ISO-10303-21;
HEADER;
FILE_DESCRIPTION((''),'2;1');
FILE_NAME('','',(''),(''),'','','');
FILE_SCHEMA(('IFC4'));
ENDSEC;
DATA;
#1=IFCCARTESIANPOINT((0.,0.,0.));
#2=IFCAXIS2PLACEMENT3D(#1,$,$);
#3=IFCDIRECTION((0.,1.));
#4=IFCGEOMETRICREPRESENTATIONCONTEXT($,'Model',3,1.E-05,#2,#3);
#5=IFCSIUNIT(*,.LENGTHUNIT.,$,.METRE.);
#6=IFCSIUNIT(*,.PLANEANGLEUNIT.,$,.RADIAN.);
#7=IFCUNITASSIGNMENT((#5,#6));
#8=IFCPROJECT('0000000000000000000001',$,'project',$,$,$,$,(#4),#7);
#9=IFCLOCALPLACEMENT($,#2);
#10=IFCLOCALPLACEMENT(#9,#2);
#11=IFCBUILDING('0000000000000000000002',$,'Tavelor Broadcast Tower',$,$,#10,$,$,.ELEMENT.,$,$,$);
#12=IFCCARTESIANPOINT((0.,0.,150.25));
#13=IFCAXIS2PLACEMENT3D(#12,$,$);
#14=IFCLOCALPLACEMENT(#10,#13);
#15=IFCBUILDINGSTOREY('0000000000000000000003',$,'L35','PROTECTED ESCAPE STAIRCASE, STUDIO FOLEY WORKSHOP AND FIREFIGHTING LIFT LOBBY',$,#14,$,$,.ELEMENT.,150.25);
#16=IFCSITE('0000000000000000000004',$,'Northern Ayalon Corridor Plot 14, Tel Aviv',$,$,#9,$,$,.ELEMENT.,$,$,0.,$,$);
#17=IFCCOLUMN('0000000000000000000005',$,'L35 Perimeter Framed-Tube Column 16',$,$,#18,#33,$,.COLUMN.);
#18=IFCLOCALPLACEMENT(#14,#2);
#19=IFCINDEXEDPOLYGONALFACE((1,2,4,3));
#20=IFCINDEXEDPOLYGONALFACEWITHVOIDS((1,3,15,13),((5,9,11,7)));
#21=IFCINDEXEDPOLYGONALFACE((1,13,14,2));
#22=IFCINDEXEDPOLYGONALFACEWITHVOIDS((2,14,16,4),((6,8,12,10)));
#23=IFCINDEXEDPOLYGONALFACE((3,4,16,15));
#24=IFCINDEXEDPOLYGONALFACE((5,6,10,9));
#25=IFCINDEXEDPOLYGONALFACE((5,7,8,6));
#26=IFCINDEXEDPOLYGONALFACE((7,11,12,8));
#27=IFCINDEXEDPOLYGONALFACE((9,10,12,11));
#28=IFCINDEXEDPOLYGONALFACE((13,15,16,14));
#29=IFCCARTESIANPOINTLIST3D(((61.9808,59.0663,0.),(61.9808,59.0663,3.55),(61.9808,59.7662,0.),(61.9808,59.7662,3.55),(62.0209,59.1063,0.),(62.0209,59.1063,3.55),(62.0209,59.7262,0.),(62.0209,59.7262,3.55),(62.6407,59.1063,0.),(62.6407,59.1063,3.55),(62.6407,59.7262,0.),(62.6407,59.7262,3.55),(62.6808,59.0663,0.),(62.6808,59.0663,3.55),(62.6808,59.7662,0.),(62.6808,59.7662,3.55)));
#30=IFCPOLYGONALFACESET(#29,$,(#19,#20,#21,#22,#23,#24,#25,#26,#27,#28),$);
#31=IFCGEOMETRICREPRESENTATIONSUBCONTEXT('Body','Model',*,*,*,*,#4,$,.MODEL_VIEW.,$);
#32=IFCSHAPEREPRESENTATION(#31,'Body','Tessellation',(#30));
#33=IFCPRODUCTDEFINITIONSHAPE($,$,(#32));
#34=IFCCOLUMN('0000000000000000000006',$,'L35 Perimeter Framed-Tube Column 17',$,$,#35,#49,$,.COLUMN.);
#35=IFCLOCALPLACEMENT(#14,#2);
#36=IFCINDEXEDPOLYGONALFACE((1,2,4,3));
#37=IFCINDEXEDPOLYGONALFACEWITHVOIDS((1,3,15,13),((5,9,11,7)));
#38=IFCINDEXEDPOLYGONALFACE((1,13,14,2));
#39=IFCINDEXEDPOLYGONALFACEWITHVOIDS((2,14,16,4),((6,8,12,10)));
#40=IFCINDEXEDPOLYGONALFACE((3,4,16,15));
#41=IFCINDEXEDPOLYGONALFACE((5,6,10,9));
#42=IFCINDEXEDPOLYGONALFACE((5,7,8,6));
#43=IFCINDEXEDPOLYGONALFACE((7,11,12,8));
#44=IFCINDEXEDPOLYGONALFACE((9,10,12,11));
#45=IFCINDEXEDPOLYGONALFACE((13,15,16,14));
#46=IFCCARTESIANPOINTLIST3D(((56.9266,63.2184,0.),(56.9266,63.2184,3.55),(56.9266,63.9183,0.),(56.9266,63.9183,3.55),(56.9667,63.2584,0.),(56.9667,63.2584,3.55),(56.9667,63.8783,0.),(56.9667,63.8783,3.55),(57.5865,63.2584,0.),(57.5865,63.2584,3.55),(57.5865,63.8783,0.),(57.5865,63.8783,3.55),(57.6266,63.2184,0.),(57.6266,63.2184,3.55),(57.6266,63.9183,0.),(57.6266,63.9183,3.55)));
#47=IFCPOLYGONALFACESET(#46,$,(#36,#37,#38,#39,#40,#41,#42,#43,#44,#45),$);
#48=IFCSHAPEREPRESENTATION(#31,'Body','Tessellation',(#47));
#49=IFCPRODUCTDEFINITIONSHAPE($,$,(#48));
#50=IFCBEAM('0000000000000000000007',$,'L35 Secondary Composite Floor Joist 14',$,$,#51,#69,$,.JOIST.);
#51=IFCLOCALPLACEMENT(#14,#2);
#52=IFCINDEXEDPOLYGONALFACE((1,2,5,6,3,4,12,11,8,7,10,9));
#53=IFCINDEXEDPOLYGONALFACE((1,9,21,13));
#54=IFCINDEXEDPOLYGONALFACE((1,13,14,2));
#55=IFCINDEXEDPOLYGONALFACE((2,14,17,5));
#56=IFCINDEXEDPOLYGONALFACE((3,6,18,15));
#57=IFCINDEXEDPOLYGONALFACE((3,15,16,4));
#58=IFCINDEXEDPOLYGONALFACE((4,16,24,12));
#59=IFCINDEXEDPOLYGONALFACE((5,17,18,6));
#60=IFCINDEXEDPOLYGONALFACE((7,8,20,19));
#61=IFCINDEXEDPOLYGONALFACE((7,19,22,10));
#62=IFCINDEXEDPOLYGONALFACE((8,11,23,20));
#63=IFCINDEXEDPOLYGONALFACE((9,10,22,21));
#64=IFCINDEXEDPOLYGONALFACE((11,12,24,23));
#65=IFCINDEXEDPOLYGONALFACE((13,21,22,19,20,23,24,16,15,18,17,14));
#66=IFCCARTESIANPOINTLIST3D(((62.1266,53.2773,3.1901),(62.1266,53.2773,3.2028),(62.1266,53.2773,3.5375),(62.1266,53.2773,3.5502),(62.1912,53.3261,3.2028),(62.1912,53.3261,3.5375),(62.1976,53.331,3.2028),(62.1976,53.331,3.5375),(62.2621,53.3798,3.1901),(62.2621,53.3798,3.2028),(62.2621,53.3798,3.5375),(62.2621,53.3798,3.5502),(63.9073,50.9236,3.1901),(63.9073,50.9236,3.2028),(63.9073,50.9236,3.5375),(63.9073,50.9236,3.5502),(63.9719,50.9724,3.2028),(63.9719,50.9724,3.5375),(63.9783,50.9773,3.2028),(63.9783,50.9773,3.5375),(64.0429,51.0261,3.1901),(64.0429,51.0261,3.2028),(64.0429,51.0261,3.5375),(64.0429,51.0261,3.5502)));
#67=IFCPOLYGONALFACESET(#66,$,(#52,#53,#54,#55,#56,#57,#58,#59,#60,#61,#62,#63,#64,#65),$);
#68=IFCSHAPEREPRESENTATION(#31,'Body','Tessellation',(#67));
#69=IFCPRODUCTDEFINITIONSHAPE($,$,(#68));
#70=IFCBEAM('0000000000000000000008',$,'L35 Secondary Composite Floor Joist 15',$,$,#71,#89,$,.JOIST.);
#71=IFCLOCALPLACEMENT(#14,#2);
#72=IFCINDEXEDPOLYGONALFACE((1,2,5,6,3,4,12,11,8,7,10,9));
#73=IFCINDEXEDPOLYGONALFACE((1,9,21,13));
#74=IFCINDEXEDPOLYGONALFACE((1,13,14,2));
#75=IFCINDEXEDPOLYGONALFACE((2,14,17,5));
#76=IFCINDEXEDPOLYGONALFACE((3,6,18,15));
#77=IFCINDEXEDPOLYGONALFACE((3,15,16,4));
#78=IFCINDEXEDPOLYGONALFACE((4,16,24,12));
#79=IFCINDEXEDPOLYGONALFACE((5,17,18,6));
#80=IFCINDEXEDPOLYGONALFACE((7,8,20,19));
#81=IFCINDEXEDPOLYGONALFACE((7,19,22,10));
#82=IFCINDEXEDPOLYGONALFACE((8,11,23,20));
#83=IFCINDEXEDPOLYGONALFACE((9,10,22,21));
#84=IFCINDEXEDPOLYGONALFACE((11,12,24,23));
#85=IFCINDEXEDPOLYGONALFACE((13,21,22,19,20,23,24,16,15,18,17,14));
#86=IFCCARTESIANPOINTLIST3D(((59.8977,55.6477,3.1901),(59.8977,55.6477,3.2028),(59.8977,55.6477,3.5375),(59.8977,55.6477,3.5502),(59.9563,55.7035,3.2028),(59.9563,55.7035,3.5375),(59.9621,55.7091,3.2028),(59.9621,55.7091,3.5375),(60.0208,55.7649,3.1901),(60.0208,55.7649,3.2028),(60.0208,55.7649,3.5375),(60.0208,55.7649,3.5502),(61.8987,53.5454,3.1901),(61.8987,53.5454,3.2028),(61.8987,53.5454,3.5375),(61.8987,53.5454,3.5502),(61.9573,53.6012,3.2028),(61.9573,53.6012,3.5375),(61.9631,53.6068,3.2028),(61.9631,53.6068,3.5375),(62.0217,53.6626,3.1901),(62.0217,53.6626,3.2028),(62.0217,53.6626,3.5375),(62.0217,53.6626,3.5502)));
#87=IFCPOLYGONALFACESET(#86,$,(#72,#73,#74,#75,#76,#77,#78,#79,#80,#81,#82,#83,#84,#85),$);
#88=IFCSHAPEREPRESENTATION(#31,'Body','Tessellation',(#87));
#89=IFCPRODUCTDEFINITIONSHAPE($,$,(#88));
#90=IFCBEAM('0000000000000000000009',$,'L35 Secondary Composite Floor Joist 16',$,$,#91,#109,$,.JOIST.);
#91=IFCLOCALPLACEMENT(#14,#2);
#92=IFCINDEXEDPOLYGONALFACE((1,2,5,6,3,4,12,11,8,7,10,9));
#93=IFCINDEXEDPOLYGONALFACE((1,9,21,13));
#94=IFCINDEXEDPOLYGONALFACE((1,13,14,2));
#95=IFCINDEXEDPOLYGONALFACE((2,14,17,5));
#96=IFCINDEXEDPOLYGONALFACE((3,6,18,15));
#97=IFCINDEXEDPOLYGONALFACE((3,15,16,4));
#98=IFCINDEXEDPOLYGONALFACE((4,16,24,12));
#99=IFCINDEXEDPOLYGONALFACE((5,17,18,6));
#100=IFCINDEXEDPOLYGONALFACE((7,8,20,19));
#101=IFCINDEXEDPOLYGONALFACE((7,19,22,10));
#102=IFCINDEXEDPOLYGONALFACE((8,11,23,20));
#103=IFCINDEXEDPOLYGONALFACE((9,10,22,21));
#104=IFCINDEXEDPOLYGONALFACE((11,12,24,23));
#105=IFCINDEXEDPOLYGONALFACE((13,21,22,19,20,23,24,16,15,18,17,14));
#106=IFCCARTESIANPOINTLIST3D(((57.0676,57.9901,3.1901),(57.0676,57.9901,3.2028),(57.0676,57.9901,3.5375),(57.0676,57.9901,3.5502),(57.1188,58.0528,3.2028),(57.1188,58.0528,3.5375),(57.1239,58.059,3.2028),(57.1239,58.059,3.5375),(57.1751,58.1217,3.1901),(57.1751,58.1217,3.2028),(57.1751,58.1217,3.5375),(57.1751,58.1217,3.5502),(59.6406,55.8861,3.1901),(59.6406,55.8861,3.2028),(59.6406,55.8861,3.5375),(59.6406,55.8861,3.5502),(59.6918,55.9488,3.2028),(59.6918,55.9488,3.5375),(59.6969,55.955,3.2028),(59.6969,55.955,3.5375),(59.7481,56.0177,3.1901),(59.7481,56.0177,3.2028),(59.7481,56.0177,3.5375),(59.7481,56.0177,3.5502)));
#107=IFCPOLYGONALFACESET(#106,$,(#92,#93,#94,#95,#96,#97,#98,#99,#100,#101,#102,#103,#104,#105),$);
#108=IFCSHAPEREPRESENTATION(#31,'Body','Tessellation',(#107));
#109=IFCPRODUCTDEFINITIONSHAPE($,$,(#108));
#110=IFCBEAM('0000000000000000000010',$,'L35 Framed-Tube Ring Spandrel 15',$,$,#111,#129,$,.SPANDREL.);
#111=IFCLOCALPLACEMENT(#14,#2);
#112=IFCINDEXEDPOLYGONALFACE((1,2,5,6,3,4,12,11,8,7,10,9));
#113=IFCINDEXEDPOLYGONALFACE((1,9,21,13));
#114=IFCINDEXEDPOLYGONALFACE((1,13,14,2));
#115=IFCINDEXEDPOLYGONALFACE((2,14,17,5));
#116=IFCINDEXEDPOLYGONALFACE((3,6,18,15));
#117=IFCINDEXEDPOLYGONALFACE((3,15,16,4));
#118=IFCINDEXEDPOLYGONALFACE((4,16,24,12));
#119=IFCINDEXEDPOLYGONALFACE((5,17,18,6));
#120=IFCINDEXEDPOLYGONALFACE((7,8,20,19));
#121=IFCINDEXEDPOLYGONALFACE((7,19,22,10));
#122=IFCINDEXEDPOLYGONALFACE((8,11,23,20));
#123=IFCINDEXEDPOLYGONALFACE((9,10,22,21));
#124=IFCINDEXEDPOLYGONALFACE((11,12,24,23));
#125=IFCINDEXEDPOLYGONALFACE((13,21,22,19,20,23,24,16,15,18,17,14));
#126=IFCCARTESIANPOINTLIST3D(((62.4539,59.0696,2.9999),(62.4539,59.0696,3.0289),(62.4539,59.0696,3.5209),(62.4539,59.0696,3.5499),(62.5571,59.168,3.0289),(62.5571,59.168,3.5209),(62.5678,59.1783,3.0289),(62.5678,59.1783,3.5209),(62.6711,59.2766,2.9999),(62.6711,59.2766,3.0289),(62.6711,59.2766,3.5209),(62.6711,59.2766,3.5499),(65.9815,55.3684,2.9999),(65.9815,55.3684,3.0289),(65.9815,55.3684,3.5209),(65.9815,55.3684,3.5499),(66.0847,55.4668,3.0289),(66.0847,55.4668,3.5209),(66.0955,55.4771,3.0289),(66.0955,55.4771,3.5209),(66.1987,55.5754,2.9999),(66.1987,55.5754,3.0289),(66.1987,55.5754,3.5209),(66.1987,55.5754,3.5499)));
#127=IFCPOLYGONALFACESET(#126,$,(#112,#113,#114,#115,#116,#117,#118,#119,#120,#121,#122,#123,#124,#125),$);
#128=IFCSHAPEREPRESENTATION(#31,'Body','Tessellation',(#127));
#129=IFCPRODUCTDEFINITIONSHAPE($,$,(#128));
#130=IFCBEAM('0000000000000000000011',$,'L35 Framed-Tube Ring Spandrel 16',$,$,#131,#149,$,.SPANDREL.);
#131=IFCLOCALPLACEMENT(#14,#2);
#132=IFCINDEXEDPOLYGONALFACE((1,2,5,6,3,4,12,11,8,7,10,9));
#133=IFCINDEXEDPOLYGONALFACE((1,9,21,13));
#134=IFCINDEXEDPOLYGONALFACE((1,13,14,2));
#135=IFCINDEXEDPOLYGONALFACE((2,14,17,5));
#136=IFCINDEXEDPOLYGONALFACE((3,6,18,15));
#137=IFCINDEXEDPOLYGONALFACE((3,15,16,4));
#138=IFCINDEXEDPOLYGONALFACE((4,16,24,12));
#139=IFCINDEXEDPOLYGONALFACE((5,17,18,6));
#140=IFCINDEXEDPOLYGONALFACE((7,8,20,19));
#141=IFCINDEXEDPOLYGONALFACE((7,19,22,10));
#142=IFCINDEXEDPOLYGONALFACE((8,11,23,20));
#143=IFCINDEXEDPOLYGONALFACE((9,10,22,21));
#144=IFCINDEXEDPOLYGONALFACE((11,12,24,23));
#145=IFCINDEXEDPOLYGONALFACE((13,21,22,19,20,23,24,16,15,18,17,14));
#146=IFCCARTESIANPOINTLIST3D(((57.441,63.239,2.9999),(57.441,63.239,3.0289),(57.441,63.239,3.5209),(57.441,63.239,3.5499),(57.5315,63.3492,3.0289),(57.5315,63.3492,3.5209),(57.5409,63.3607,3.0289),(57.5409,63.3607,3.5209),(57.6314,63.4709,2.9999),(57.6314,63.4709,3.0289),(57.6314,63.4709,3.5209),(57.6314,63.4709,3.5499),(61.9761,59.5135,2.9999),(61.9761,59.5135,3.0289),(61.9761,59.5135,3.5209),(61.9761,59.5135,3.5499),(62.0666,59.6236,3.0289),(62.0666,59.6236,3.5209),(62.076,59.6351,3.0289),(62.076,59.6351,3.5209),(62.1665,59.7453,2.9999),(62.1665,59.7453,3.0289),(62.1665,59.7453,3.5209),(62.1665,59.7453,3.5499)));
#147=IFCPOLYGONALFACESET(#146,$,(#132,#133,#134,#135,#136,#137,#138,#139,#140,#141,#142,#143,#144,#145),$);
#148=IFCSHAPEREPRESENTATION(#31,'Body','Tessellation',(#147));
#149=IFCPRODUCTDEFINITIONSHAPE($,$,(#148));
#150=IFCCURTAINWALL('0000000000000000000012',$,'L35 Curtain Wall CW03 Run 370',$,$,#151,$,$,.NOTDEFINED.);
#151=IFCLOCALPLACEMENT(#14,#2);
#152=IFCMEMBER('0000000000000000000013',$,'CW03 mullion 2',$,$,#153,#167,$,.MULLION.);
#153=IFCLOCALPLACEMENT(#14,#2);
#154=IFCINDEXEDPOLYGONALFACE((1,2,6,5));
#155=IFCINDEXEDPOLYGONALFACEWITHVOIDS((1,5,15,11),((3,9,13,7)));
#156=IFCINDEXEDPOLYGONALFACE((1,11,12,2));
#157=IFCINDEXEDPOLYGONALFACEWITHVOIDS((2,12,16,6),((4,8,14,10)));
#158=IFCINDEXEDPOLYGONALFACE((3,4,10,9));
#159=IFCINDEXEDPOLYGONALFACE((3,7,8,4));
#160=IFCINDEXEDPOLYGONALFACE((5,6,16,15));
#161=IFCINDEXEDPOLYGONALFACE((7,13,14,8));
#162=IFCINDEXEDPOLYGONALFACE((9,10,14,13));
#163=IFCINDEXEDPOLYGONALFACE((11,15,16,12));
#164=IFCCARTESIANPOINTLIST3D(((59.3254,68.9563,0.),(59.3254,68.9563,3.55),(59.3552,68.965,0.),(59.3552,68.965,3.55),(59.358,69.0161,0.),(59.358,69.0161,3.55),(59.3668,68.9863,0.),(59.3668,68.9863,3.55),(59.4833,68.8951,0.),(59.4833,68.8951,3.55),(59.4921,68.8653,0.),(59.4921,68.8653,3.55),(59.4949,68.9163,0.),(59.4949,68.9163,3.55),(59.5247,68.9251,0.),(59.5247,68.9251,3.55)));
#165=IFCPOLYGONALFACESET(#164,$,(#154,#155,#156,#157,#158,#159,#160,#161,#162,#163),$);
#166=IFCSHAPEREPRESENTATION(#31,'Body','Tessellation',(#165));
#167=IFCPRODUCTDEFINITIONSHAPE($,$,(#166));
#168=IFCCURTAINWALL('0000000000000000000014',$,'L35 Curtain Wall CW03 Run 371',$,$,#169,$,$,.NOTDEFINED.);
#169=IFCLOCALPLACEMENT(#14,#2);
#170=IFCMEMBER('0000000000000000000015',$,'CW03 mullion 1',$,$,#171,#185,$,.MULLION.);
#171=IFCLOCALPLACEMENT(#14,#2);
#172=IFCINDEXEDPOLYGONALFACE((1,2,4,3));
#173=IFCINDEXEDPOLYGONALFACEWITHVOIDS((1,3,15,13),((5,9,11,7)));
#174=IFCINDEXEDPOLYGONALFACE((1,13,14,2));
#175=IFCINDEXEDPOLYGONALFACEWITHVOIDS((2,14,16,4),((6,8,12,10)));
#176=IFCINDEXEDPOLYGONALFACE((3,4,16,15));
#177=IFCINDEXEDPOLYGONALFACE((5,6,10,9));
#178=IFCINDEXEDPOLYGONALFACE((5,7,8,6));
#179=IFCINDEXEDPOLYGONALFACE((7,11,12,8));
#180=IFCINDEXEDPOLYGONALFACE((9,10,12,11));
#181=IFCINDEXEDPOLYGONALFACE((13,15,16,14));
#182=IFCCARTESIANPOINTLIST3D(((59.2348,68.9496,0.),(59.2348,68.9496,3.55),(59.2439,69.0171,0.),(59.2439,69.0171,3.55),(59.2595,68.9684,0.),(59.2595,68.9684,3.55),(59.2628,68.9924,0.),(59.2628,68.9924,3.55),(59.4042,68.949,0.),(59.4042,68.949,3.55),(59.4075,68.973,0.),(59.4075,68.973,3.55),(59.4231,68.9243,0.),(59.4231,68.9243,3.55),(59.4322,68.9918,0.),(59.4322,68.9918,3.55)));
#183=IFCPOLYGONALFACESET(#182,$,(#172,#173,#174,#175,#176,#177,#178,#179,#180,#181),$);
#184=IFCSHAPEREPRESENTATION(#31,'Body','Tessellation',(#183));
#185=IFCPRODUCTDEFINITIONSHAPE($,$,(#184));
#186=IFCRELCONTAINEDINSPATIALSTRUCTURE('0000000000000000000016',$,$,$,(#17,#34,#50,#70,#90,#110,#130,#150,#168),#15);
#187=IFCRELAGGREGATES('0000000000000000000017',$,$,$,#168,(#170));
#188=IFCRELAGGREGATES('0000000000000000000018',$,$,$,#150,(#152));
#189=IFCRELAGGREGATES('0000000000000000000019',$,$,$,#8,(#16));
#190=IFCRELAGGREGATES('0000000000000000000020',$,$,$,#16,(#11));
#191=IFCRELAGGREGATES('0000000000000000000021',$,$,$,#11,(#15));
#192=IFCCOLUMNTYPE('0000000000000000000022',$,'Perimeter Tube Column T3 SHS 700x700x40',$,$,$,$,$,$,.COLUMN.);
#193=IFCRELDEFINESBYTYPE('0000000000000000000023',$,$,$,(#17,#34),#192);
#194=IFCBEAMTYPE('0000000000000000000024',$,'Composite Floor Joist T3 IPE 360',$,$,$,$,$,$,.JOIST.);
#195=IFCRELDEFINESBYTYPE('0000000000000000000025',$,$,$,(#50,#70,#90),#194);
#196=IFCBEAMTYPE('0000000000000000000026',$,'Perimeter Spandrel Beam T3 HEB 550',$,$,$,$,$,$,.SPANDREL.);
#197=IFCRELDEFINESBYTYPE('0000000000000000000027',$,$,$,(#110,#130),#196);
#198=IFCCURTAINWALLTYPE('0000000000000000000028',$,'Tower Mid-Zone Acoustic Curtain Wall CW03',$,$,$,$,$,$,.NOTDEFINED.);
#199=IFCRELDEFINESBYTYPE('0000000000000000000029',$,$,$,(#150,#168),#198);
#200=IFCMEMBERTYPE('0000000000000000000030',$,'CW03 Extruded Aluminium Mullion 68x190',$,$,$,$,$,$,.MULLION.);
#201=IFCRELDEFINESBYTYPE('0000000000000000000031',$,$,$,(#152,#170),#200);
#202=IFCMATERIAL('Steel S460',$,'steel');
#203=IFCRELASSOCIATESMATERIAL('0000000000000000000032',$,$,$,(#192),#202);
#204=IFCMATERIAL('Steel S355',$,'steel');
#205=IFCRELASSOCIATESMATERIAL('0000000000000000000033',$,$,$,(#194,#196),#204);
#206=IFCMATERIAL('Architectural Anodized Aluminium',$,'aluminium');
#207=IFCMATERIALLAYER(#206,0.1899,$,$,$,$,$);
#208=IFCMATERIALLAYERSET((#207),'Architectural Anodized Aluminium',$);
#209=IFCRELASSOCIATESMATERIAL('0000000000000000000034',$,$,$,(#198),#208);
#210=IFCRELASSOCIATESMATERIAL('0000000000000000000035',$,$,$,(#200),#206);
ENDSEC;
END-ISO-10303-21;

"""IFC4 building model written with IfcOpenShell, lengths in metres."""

from ifc_helpers import new_model, si_unit, direction, frame, origin, origin_2d, place, context, subcontext, project, spatial, hollow_rectangle, i_section, extrude, source, transform, mapped, material, layer, layer_set, material_profile, profile_set, type_object, type_shapes, element, aggregate, save


model = new_model("IFC4")

# Units and contexts
model_context = context("Model", 3, precision=1e-05, world=origin(), true_north=direction((0.0, 1.0)))
body_context = subcontext(model_context, "Body", "Model", "MODEL_VIEW")
ifc_project = project(units=[si_unit("LENGTHUNIT", "METRE"), si_unit("PLANEANGLEUNIT", "RADIAN")], contexts=[model_context])

# Site, building, storey
site_placement = place(None, origin())
site = spatial("IfcSite", under=ifc_project, at=site_placement, Name="Northern Ayalon Corridor Plot 14, Tel Aviv", CompositionType="ELEMENT", RefElevation=0.0)
building_placement = place(site_placement, origin())
building = spatial("IfcBuilding", under=site, at=building_placement, Name="Tavelor Broadcast Tower", CompositionType="ELEMENT")
storey_placement = place(building_placement, frame((0.0, 0.0, 150.25)))
storey = spatial("IfcBuildingStorey", under=building, at=storey_placement, Name="L35", Description="PROTECTED ESCAPE STAIRCASE, STUDIO FOLEY WORKSHOP AND FIREFIGHTING LIFT LOBBY", CompositionType="ELEMENT", Elevation=150.25)

# Columns
ifc_material_1 = material(Name="Steel S460", Category="steel")
ifc_material_profile_1 = material_profile(ifc_material_1, hollow_rectangle(XDim=0.7, YDim=0.7, WallThickness=0.04, at=origin_2d()), Name="SHS 700x700x40")
ifc_profile_set_1 = profile_set([ifc_material_profile_1], Name="Steel S460")
column_type = type_object("IfcColumnType", Name="Perimeter Tube Column T3 SHS 700x700x40", PredefinedType="COLUMN", material=ifc_profile_set_1)
for number, where, z_axis, x_axis, name in (
    (1, (62.3308, 59.4163, 0.0), (0.0, 0.0, 1.0), (1.0, 0.0, 0.0), "L35 Perimeter Framed-Tube Column 16"),
    (2, (57.2766, 63.5684, 0.0), (0.0, 0.0, 1.0), (1.0, 0.0, 0.0), "L35 Perimeter Framed-Tube Column 17"),
):
    element("IfcColumn", number, at=place(storey_placement, frame(where, z_axis=z_axis, x_axis=x_axis)), inside=storey, type_object=column_type, Name=name, PredefinedType="COLUMN", context=body_context, shape_type="SweptSolid", body=[
        extrude(hollow_rectangle(XDim=0.7, YDim=0.7, WallThickness=0.04, at=origin_2d()), origin(), (0.0, 0.0, 1.0), 3.55),
    ])

# Beams
ifc_material_2 = material(Name="Steel S355", Category="steel")
ifc_material_profile_2 = material_profile(ifc_material_2, i_section(OverallWidth=0.1699, OverallDepth=0.3601, WebThickness=0.0081, FlangeThickness=0.0127, at=origin_2d()), Name="IPE 360")
ifc_profile_set_2 = profile_set([ifc_material_profile_2], Name="Steel S355")
beam_type_1 = type_object("IfcBeamType", Name="Composite Floor Joist T3 IPE 360", PredefinedType="JOIST", material=ifc_profile_set_2)
beam_1_placement = place(storey_placement, frame((63.9751, 50.9749, 3.3701), z_axis=(-0.603343, 0.797482, 0.0), x_axis=(-0.797482, -0.603343, 0.0)))
element("IfcBeam", 3, at=beam_1_placement, inside=storey, type_object=beam_type_1, Name="L35 Secondary Composite Floor Joist 14", PredefinedType="JOIST", context=body_context, shape_type="SweptSolid", body=[
    extrude(i_section(OverallWidth=0.1699, OverallDepth=0.3601, WebThickness=0.0081, FlangeThickness=0.0127, at=origin_2d()), origin(), (0.0, 0.0, 1.0), 2.9514),
])
beam_2_placement = place(storey_placement, frame((61.9602, 53.604, 3.3701), z_axis=(-0.689437, 0.724346, 0.0), x_axis=(-0.724346, -0.689437, 0.0)))
element("IfcBeam", 4, at=beam_2_placement, inside=storey, type_object=beam_type_1, Name="L35 Secondary Composite Floor Joist 15", PredefinedType="JOIST", context=body_context, shape_type="SweptSolid", body=[
    extrude(i_section(OverallWidth=0.1699, OverallDepth=0.3601, WebThickness=0.0081, FlangeThickness=0.0127, at=origin_2d()), origin(), (0.0, 0.0, 1.0), 2.9023),
])
beam_3_placement = place(storey_placement, frame((59.6943, 55.9519, 3.3701), z_axis=(-0.774131, 0.633026, 0.0), x_axis=(-0.633026, -0.774131, 0.0)))
element("IfcBeam", 5, at=beam_3_placement, inside=storey, type_object=beam_type_1, Name="L35 Secondary Composite Floor Joist 16", PredefinedType="JOIST", context=body_context, shape_type="SweptSolid", body=[
    extrude(i_section(OverallWidth=0.1699, OverallDepth=0.3601, WebThickness=0.0081, FlangeThickness=0.0127, at=origin_2d()), origin(), (0.0, 0.0, 1.0), 3.3237),
])
ifc_material_profile_3 = material_profile(ifc_material_2, i_section(OverallWidth=0.3, OverallDepth=0.55, WebThickness=0.0149, FlangeThickness=0.0291, at=origin_2d()), Name="HEB 550")
ifc_profile_set_3 = profile_set([ifc_material_profile_3], Name="Steel S355")
beam_type_2 = type_object("IfcBeamType", Name="Perimeter Spandrel Beam T3 HEB 550", PredefinedType="SPANDREL", material=ifc_profile_set_3)
beam_4_placement = place(storey_placement, frame((66.0901, 55.4719, 3.2749), z_axis=(-0.689928, 0.723878, 0.0), x_axis=(-0.723878, -0.689928, 0.0)))
element("IfcBeam", 6, at=beam_4_placement, inside=storey, type_object=beam_type_2, Name="L35 Framed-Tube Ring Spandrel 15", PredefinedType="SPANDREL", context=body_context, shape_type="SweptSolid", body=[
    extrude(i_section(OverallWidth=0.3, OverallDepth=0.55, WebThickness=0.0149, FlangeThickness=0.0291, at=origin_2d()), origin(), (0.0, 0.0, 1.0), 5.113),
])
beam_5_placement = place(storey_placement, frame((62.0713, 59.6294, 3.2749), z_axis=(-0.772703, 0.634768, 0.0), x_axis=(-0.634768, -0.772703, 0.0)))
element("IfcBeam", 7, at=beam_5_placement, inside=storey, type_object=beam_type_2, Name="L35 Framed-Tube Ring Spandrel 16", PredefinedType="SPANDREL", context=body_context, shape_type="SweptSolid", body=[
    extrude(i_section(OverallWidth=0.3, OverallDepth=0.55, WebThickness=0.0149, FlangeThickness=0.0291, at=origin_2d()), origin(), (0.0, 0.0, 1.0), 5.8691),
])

# Curtain wall, member
ifc_material_3 = material(Name="Architectural Anodized Aluminium", Category="aluminium")
ifc_layer_1 = layer(ifc_material_3, 0.1899)
ifc_layer_set_1 = layer_set([ifc_layer_1], Name="Architectural Anodized Aluminium")
curtain_wall_type = type_object("IfcCurtainWallType", Name="Tower Mid-Zone Acoustic Curtain Wall CW03", PredefinedType="NOTDEFINED", material=ifc_layer_set_1)
curtain_wall_1_placement = place(storey_placement, origin())
curtain_wall_1 = element("IfcCurtainWall", 8, at=curtain_wall_1_placement, inside=storey, type_object=curtain_wall_type, Name="L35 Curtain Wall CW03 Run 370", PredefinedType="NOTDEFINED")
ifc_material_profile_4 = material_profile(ifc_material_3, hollow_rectangle(XDim=0.0681, YDim=0.1899, WallThickness=0.022, at=origin_2d()), Name="RHS 68x190x22")
ifc_profile_set_4 = profile_set([ifc_material_profile_4], Name="Architectural Anodized Aluminium")
member_type_1 = type_object("IfcMemberType", Name="CW03 Extruded Aluminium Mullion 68x190", PredefinedType="MULLION", material=ifc_profile_set_4)
shared_shape_1 = source(origin(), body_context, "Body", "SweptSolid", [
    extrude(hollow_rectangle(XDim=0.0681, YDim=0.1899, WallThickness=0.022, at=origin_2d()), origin(), (0.0, 0.0, 1.0), 3.55),
])
type_shapes(member_type_1, [shared_shape_1])
member_1_placement = place(storey_placement, frame((59.425, 68.9407, 0.0), z_axis=(0.0, 0.0, 1.0), x_axis=(-0.479074, -0.877774, 0.0)))
member_1 = element("IfcMember", 9, at=member_1_placement, type_object=member_type_1, Name="CW03 mullion 2", PredefinedType="MULLION", context=body_context, shape_type="MappedRepresentation", body=[
    mapped(shared_shape_1, transform((0.0, 0.0, 0.0), scale=1.0)),
])

# Curtain wall, member
curtain_wall_2_placement = place(storey_placement, origin())
curtain_wall_2 = element("IfcCurtainWall", 10, at=curtain_wall_2_placement, inside=storey, type_object=curtain_wall_type, Name="L35 Curtain Wall CW03 Run 371", PredefinedType="NOTDEFINED")
member_2_placement = place(storey_placement, frame((59.3335, 68.9707, 0.0), z_axis=(0.0, 0.0, 1.0), x_axis=(-0.133022, -0.991113, 0.0)))
member_2 = element("IfcMember", 11, at=member_2_placement, type_object=member_type_1, Name="CW03 mullion 1", PredefinedType="MULLION", context=body_context, shape_type="MappedRepresentation", body=[
    mapped(shared_shape_1, transform((0.0, 0.0, 0.0), scale=1.0)),
])
aggregate(curtain_wall_2, [member_2])

aggregate(curtain_wall_1, [member_1])

save(model, "model.ifc")
